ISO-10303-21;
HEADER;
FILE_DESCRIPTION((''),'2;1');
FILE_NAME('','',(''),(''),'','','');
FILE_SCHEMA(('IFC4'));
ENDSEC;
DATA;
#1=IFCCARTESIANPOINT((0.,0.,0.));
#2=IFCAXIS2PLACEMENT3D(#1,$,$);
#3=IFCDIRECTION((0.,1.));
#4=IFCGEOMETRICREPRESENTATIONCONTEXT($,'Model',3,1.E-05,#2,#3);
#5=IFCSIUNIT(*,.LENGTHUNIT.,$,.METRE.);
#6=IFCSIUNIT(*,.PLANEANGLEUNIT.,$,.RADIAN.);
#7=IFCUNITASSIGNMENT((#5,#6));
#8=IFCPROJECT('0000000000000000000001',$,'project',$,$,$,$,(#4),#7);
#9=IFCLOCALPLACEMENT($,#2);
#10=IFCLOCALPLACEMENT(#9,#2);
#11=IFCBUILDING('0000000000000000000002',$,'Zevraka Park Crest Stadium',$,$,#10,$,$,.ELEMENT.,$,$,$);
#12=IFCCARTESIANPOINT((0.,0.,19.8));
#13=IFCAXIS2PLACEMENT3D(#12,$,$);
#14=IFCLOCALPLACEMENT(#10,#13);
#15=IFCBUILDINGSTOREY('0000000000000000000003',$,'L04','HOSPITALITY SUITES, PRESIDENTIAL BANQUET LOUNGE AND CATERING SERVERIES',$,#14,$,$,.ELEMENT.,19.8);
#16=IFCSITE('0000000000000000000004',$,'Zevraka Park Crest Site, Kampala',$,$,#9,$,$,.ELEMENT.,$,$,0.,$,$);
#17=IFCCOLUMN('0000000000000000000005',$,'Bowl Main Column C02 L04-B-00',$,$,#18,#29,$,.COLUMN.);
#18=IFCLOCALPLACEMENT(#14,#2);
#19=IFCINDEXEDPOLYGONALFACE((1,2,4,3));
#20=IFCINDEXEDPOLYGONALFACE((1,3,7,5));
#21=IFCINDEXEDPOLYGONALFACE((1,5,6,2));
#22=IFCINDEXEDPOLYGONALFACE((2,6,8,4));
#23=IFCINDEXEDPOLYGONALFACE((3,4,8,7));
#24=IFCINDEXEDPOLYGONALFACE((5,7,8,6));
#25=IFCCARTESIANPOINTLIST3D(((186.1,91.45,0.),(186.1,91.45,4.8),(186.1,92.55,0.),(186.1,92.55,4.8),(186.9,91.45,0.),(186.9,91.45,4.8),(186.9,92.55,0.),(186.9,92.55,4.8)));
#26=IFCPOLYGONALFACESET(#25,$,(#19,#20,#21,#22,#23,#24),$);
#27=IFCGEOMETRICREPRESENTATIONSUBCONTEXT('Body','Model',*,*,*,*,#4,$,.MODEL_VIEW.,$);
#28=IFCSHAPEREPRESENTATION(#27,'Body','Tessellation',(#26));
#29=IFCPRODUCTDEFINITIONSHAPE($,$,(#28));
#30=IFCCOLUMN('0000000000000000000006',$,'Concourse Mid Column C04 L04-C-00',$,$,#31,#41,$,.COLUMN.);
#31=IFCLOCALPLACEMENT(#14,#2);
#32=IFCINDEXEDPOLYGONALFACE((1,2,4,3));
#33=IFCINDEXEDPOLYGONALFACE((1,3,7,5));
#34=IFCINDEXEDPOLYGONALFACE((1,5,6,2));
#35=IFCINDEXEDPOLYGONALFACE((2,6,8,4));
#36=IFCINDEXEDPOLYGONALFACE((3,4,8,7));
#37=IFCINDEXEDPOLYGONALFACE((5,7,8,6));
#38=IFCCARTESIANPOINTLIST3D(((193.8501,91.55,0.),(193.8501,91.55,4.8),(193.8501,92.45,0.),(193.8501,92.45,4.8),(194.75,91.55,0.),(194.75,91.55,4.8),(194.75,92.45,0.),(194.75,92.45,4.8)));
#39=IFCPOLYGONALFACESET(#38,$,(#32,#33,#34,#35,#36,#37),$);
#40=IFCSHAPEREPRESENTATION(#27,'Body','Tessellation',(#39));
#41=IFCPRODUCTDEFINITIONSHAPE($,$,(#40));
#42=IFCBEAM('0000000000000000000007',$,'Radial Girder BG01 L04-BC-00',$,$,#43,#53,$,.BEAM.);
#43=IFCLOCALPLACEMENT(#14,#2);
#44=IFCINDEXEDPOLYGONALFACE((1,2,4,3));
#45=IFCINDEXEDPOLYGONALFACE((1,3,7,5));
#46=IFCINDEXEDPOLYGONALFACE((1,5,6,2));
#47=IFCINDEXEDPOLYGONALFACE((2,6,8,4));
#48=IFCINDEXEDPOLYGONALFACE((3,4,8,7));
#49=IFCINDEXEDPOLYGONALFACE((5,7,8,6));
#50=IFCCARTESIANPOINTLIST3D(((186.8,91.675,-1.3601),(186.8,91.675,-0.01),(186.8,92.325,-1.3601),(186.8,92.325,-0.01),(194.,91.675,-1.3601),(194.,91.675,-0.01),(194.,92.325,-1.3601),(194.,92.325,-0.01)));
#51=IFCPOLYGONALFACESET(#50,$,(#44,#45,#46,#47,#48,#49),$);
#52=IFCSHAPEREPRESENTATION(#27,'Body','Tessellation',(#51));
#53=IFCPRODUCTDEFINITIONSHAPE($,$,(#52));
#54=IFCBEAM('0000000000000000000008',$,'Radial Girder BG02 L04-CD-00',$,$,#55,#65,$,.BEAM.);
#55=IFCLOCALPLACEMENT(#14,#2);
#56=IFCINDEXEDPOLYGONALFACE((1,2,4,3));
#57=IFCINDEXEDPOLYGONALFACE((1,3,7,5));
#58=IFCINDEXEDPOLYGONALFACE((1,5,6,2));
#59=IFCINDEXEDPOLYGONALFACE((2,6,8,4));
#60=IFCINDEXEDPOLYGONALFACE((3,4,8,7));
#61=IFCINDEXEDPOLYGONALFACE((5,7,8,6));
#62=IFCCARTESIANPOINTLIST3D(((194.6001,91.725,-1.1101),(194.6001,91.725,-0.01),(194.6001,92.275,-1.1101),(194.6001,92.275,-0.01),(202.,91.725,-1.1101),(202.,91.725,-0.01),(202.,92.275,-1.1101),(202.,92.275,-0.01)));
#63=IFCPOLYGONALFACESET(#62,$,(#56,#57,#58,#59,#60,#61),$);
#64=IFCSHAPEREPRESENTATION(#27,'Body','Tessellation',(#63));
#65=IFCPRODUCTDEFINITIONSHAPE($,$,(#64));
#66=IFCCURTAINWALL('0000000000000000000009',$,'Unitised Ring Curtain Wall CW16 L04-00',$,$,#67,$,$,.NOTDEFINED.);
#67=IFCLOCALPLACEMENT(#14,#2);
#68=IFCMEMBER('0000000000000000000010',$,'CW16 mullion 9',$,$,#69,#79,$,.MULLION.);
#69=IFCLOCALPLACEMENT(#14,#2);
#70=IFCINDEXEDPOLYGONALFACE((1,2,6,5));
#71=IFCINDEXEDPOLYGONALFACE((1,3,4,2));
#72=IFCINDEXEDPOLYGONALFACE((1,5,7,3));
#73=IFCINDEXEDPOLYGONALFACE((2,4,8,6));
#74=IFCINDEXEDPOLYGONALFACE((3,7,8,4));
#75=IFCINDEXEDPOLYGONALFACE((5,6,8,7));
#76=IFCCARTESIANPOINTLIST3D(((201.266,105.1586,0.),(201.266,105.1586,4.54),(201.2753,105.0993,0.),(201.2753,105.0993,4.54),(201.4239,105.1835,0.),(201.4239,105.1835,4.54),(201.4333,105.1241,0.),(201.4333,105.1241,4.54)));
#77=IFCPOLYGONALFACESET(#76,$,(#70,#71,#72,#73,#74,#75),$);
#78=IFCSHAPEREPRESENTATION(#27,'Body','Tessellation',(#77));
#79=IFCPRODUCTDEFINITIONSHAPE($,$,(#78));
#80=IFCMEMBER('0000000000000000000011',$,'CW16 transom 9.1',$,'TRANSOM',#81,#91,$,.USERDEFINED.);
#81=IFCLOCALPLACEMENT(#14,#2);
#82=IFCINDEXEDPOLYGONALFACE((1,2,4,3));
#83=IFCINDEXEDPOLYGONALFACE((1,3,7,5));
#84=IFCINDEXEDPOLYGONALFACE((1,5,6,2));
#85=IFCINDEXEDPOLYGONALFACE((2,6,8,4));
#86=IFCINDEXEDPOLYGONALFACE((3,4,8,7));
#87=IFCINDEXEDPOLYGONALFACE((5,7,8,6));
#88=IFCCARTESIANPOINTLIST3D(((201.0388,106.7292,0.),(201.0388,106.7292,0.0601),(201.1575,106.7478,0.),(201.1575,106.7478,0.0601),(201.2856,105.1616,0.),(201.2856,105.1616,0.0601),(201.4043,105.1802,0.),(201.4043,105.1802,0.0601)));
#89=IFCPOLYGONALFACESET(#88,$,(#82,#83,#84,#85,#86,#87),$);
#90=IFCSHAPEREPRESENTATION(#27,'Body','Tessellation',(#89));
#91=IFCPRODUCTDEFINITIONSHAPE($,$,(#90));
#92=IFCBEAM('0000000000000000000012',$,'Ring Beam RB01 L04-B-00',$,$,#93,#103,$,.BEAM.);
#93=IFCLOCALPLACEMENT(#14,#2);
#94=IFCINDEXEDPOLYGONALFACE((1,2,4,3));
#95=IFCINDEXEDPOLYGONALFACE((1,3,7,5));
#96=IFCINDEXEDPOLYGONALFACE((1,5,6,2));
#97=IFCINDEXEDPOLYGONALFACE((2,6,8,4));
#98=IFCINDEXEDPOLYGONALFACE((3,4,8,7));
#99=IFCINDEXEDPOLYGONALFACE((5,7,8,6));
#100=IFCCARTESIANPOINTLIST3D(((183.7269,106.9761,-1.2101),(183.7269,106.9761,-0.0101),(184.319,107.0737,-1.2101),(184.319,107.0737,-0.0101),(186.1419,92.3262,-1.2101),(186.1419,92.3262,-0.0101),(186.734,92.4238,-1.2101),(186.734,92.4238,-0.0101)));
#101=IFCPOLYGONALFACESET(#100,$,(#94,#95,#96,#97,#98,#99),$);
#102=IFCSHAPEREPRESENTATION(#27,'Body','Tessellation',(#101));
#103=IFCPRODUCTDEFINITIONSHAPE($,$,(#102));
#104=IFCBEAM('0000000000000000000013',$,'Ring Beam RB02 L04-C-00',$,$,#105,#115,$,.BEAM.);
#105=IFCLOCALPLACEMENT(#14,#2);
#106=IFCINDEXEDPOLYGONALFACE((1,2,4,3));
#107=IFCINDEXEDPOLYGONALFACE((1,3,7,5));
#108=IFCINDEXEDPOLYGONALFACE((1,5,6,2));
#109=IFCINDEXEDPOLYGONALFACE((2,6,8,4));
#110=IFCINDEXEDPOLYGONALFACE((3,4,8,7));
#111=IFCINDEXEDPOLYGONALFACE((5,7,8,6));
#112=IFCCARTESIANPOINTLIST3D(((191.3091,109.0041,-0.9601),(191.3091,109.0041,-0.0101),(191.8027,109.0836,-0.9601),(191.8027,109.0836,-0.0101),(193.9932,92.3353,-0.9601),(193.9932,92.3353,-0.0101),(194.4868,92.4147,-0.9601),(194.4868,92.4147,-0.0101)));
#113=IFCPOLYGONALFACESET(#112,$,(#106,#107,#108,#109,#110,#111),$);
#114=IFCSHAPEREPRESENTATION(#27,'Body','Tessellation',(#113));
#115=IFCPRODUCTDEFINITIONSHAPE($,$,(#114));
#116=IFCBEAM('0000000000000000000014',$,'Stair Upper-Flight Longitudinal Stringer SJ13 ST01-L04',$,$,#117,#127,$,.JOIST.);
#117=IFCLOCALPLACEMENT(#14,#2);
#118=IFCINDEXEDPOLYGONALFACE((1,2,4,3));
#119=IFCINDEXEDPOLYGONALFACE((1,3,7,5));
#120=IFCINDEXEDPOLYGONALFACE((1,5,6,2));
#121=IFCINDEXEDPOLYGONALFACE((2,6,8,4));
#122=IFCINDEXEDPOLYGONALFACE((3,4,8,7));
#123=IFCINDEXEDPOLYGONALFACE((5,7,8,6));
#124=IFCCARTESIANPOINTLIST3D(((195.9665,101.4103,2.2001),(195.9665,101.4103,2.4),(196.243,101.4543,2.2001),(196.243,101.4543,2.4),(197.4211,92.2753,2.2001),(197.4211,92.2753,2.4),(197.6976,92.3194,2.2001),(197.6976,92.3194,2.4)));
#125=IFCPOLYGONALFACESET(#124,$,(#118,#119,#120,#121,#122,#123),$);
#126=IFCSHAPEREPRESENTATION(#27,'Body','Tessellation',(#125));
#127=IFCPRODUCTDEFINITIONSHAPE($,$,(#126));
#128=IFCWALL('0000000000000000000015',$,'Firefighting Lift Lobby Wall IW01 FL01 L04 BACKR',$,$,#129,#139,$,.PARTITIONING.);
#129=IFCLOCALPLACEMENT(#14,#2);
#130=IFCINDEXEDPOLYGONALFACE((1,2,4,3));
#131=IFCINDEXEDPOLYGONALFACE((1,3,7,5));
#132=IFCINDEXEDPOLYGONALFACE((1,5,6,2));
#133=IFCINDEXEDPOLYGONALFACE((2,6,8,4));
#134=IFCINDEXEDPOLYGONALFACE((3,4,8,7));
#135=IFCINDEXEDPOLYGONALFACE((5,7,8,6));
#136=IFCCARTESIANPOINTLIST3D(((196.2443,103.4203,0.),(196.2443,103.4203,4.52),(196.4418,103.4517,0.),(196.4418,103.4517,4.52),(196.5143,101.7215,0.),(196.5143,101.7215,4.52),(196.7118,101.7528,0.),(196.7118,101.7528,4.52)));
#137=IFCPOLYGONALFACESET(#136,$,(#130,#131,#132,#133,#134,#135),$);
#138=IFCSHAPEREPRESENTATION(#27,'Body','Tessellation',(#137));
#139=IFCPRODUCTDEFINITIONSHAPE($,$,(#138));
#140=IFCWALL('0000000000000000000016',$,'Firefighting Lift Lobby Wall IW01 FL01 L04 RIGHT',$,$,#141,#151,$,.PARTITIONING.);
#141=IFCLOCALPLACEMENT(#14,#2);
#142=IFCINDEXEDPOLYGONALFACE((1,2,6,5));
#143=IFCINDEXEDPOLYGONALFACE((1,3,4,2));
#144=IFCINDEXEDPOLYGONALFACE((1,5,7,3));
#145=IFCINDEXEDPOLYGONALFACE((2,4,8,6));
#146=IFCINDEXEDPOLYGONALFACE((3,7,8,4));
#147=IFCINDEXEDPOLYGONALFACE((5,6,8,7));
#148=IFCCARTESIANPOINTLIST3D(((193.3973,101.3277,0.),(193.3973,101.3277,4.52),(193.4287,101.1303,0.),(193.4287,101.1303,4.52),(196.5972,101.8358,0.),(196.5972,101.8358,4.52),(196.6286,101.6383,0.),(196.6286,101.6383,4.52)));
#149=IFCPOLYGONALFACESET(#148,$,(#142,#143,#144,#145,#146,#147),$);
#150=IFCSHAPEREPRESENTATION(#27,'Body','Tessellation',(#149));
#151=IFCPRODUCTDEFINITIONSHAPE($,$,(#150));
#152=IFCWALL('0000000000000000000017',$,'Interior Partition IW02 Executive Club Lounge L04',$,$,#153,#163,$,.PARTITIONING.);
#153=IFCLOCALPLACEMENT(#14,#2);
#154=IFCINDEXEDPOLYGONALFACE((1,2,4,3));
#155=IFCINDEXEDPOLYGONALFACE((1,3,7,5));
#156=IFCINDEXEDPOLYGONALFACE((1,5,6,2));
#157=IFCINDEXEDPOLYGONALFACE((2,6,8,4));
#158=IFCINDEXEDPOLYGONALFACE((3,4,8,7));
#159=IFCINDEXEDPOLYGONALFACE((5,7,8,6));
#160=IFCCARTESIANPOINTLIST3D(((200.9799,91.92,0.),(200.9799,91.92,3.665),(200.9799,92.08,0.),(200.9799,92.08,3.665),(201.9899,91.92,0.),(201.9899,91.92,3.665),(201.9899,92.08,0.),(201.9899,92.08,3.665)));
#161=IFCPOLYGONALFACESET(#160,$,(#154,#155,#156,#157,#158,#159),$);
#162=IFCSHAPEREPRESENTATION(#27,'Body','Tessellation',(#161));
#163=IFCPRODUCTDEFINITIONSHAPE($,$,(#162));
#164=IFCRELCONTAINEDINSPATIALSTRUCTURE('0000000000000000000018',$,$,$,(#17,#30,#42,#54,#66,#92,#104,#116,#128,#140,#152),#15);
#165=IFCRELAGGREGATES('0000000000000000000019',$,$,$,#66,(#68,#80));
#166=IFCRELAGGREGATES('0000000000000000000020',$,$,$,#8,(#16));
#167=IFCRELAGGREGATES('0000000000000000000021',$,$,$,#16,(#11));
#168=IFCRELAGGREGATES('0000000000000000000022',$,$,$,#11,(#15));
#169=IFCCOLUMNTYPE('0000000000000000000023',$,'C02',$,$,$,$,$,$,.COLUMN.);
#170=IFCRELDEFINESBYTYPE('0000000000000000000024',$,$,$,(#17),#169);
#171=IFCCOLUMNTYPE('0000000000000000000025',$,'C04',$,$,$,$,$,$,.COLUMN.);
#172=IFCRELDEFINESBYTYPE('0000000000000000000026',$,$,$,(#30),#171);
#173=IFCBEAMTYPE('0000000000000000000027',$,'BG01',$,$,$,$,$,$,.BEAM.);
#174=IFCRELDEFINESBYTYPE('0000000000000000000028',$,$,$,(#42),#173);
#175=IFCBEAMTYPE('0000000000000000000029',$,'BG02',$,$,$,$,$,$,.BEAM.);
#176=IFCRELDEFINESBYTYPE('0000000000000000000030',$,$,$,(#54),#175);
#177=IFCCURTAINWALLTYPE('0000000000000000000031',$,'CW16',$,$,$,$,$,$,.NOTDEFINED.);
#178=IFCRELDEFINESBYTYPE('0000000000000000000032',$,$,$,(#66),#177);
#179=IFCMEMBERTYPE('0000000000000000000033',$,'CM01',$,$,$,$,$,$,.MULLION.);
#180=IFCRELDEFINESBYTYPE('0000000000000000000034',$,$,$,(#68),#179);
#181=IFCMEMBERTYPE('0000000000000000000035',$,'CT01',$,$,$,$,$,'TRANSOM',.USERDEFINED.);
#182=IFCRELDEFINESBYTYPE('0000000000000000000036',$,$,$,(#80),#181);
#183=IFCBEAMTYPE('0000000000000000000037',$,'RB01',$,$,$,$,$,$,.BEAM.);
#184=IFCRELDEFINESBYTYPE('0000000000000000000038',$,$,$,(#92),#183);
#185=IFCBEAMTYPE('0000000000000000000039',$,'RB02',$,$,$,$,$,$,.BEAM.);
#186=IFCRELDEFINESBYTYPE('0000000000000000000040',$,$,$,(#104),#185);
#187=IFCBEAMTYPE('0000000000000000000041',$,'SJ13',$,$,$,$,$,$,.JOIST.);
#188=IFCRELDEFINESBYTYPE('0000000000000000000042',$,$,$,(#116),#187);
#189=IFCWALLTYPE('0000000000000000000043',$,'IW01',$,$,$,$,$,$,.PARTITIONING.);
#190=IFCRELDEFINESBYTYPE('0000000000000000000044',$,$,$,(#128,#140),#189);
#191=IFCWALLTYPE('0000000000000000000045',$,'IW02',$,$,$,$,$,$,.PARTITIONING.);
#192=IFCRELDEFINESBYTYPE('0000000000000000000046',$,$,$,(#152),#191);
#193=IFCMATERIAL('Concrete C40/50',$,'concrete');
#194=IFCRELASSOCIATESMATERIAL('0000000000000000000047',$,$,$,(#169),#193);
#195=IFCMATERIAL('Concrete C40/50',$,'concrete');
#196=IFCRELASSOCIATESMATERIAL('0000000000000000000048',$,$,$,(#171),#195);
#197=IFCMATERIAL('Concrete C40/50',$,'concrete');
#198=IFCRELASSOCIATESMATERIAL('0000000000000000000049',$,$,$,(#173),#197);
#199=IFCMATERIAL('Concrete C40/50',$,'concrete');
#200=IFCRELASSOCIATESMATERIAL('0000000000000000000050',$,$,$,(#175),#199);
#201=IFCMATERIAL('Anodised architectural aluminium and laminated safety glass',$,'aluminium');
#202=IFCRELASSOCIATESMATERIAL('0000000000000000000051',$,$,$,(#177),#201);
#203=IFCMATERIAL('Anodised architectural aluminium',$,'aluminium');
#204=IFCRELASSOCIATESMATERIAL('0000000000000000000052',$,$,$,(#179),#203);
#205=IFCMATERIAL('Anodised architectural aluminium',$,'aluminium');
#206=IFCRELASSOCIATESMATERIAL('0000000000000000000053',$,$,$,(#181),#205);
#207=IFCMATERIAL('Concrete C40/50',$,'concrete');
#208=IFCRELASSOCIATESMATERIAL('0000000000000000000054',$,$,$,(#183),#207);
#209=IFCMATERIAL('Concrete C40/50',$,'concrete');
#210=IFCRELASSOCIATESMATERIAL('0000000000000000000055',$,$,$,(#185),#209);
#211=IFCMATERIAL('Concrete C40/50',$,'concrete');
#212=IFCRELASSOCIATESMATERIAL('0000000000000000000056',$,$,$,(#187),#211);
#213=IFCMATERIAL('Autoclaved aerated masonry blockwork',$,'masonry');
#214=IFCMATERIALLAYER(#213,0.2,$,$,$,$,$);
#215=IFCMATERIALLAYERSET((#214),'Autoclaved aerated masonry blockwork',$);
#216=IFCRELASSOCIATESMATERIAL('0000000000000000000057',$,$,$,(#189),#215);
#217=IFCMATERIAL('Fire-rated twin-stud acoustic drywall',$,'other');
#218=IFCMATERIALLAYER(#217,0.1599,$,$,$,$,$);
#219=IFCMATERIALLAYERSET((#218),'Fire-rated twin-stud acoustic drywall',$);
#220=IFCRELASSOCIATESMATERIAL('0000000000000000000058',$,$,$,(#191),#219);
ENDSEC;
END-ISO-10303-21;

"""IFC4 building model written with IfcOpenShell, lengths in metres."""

from ifc_helpers import new_model, si_unit, direction, frame, frame_2d, origin, origin_2d, place, context, subcontext, project, spatial, rectangle, extrude, material, layer, layer_set, material_profile, profile_set, type_object, element, aggregate, save


model = new_model("IFC4")

# Units and contexts
model_context = context("Model", 3, precision=1e-05, world=origin(), true_north=direction((0.0, 1.0)))
body_context = subcontext(model_context, "Body", "Model", "MODEL_VIEW")
ifc_project = project(units=[si_unit("LENGTHUNIT", "METRE"), si_unit("PLANEANGLEUNIT", "RADIAN")], contexts=[model_context])

# Site, building, storey
site_placement = place(None, origin())
site = spatial("IfcSite", under=ifc_project, at=site_placement, Name="Zevraka Park Crest Site, Kampala", CompositionType="ELEMENT", RefElevation=0.0)
building_placement = place(site_placement, origin())
building = spatial("IfcBuilding", under=site, at=building_placement, Name="Zevraka Park Crest Stadium", CompositionType="ELEMENT")
storey_placement = place(building_placement, frame((0.0, 0.0, 19.8)))
storey = spatial("IfcBuildingStorey", under=building, at=storey_placement, Name="L04", Description="HOSPITALITY SUITES, PRESIDENTIAL BANQUET LOUNGE AND CATERING SERVERIES", CompositionType="ELEMENT", Elevation=19.8)

# Columns
ifc_material_1 = material(Name="Concrete C40/50", Category="concrete")
ifc_material_profile_1 = material_profile(ifc_material_1, rectangle(XDim=0.8, YDim=1.1001, at=origin_2d()), Name="RC 1100x800")
ifc_profile_set_1 = profile_set([ifc_material_profile_1], Name="Concrete C40/50")
column_type_1 = type_object("IfcColumnType", Name="C02", PredefinedType="COLUMN", material=ifc_profile_set_1)
column_1_placement = place(storey_placement, frame((186.5, 92.0, 0.0), z_axis=(0.0, 0.0, 1.0), x_axis=(1.0, 0.0, 0.0)))
element("IfcColumn", 1, at=column_1_placement, inside=storey, type_object=column_type_1, Name="Bowl Main Column C02 L04-B-00", PredefinedType="COLUMN", context=body_context, shape_type="SweptSolid", body=[
    extrude(rectangle(XDim=0.8, YDim=1.1001, at=origin_2d()), origin(), (0.0, 0.0, 1.0), 4.8),
])
ifc_material_2 = material(Name="Concrete C40/50", Category="concrete")
ifc_material_profile_2 = material_profile(ifc_material_2, rectangle(XDim=0.8999, YDim=0.8999, at=origin_2d()), Name="RC 900x900")
ifc_profile_set_2 = profile_set([ifc_material_profile_2], Name="Concrete C40/50")
column_type_2 = type_object("IfcColumnType", Name="C04", PredefinedType="COLUMN", material=ifc_profile_set_2)
column_2_placement = place(storey_placement, frame((194.3, 92.0, 0.0), z_axis=(0.0, 0.0, 1.0), x_axis=(1.0, 0.0, 0.0)))
element("IfcColumn", 2, at=column_2_placement, inside=storey, type_object=column_type_2, Name="Concourse Mid Column C04 L04-C-00", PredefinedType="COLUMN", context=body_context, shape_type="SweptSolid", body=[
    extrude(rectangle(XDim=0.8999, YDim=0.8999, at=origin_2d()), origin(), (0.0, 0.0, 1.0), 4.8),
])

# Beams
ifc_material_3 = material(Name="Concrete C40/50", Category="concrete")
ifc_material_profile_3 = material_profile(ifc_material_3, rectangle(XDim=0.6499, YDim=1.3501, at=origin_2d()), Name="RC 1350x650")
ifc_profile_set_3 = profile_set([ifc_material_profile_3], Name="Concrete C40/50")
beam_type_1 = type_object("IfcBeamType", Name="BG01", PredefinedType="BEAM", material=ifc_profile_set_3)
beam_1_placement = place(storey_placement, frame((186.8, 92.0, -0.6851), z_axis=(1.0, 0.0, 0.0), x_axis=(0.0, 1.0, 0.0)))
element("IfcBeam", 3, at=beam_1_placement, inside=storey, type_object=beam_type_1, Name="Radial Girder BG01 L04-BC-00", PredefinedType="BEAM", context=body_context, shape_type="SweptSolid", body=[
    extrude(rectangle(XDim=0.6499, YDim=1.3501, at=origin_2d()), origin(), (0.0, 0.0, 1.0), 7.2),
])
ifc_material_4 = material(Name="Concrete C40/50", Category="concrete")
ifc_material_profile_4 = material_profile(ifc_material_4, rectangle(XDim=0.55, YDim=1.1001, at=origin_2d()), Name="RC 1100x550")
ifc_profile_set_4 = profile_set([ifc_material_profile_4], Name="Concrete C40/50")
beam_type_2 = type_object("IfcBeamType", Name="BG02", PredefinedType="BEAM", material=ifc_profile_set_4)
beam_2_placement = place(storey_placement, frame((194.6001, 92.0, -0.5601), z_axis=(1.0, 0.0, 0.0), x_axis=(0.0, 1.0, 0.0)))
element("IfcBeam", 4, at=beam_2_placement, inside=storey, type_object=beam_type_2, Name="Radial Girder BG02 L04-CD-00", PredefinedType="BEAM", context=body_context, shape_type="SweptSolid", body=[
    extrude(rectangle(XDim=0.55, YDim=1.1001, at=origin_2d()), origin(), (0.0, 0.0, 1.0), 7.3999),
])

# Curtain wall, members
ifc_material_5 = material(Name="Anodised architectural aluminium and laminated safety glass", Category="aluminium")
curtain_wall_type = type_object("IfcCurtainWallType", Name="CW16", PredefinedType="NOTDEFINED", material=ifc_material_5)
curtain_wall_placement = place(storey_placement, origin())
curtain_wall = element("IfcCurtainWall", 5, at=curtain_wall_placement, inside=storey, type_object=curtain_wall_type, Name="Unitised Ring Curtain Wall CW16 L04-00", PredefinedType="NOTDEFINED")
ifc_material_6 = material(Name="Anodised architectural aluminium", Category="aluminium")
ifc_material_profile_5 = material_profile(ifc_material_6, rectangle(XDim=0.1599, YDim=0.0601, at=origin_2d()), Name="ALU MULLION 160x60")
ifc_profile_set_5 = profile_set([ifc_material_profile_5], Name="Anodised architectural aluminium")
member_type_1 = type_object("IfcMemberType", Name="CM01", PredefinedType="MULLION", material=ifc_profile_set_5)
member_1_placement = place(storey_placement, frame((201.3496, 105.1414, 0.0), z_axis=(0.0, 0.0, 1.0), x_axis=(-0.98783, -0.155539, 0.0)))
member_1 = element("IfcMember", 6, at=member_1_placement, type_object=member_type_1, Name="CW16 mullion 9", PredefinedType="MULLION", context=body_context, shape_type="SweptSolid", body=[
    extrude(rectangle(XDim=0.1599, YDim=0.0601, at=origin_2d()), origin(), (0.0, 0.0, 1.0), 4.54),
])
ifc_material_7 = material(Name="Anodised architectural aluminium", Category="aluminium")
ifc_material_profile_6 = material_profile(ifc_material_7, rectangle(XDim=0.1201, YDim=0.0601, at=origin_2d()), Name="ALU TRANSOM 120x60")
ifc_profile_set_6 = profile_set([ifc_material_profile_6], Name="Anodised architectural aluminium")
member_type_2 = type_object("IfcMemberType", Name="CT01", ElementType="TRANSOM", PredefinedType="USERDEFINED", material=ifc_profile_set_6)
member_2_placement = place(storey_placement, frame((201.345, 105.1709, 0.03), z_axis=(-0.155536, 0.98783, 0.0), x_axis=(-0.98783, -0.155536, 0.0)))
member_2 = element("IfcMember", 7, at=member_2_placement, type_object=member_type_2, Name="CW16 transom 9.1", ObjectType="TRANSOM", PredefinedType="USERDEFINED", context=body_context, shape_type="SweptSolid", body=[
    extrude(rectangle(XDim=0.1201, YDim=0.0601, at=origin_2d()), origin(), (0.0, 0.0, 1.0), 1.5869),
])
aggregate(curtain_wall, [member_1, member_2])

# Beams
ifc_material_8 = material(Name="Concrete C40/50", Category="concrete")
ifc_material_profile_7 = material_profile(ifc_material_8, rectangle(XDim=0.6001, YDim=1.2, at=origin_2d()), Name="RC 1200x600")
ifc_profile_set_7 = profile_set([ifc_material_profile_7], Name="Concrete C40/50")
beam_type_3 = type_object("IfcBeamType", Name="RB01", PredefinedType="BEAM", material=ifc_profile_set_7)
beam_3_placement = place(storey_placement, frame((186.438, 92.375, -0.6101), z_axis=(-0.162655, 0.986683, 0.0), x_axis=(-0.986683, -0.162655, 0.0)))
element("IfcBeam", 8, at=beam_3_placement, inside=storey, type_object=beam_type_3, Name="Ring Beam RB01 L04-B-00", PredefinedType="BEAM", context=body_context, shape_type="SweptSolid", body=[
    extrude(rectangle(XDim=0.6001, YDim=1.2, at=origin_2d()), origin(), (0.0, 0.0, 1.0), 14.8477),
])
ifc_material_9 = material(Name="Concrete C40/50", Category="concrete")
ifc_material_profile_8 = material_profile(ifc_material_9, rectangle(XDim=0.5, YDim=0.95, at=origin_2d()), Name="RC 950x500")
ifc_profile_set_8 = profile_set([ifc_material_profile_8], Name="Concrete C40/50")
beam_type_4 = type_object("IfcBeamType", Name="RB02", PredefinedType="BEAM", material=ifc_profile_set_8)
beam_4_placement = place(storey_placement, frame((194.24, 92.375, -0.4851), z_axis=(-0.158975, 0.987283, 0.0), x_axis=(-0.987283, -0.158975, 0.0)))
element("IfcBeam", 9, at=beam_4_placement, inside=storey, type_object=beam_type_4, Name="Ring Beam RB02 L04-C-00", PredefinedType="BEAM", context=body_context, shape_type="SweptSolid", body=[
    extrude(rectangle(XDim=0.5, YDim=0.95, at=origin_2d()), origin(), (0.0, 0.0, 1.0), 16.8835),
])
ifc_material_10 = material(Name="Concrete C40/50", Category="concrete")
ifc_material_profile_9 = material_profile(ifc_material_10, rectangle(XDim=0.28, YDim=0.2, at=origin_2d()), Name="RC 200x280")
ifc_profile_set_9 = profile_set([ifc_material_profile_9], Name="Concrete C40/50")
beam_type_5 = type_object("IfcBeamType", Name="SJ13", PredefinedType="JOIST", material=ifc_profile_set_9)
beam_5_placement = place(storey_placement, frame((197.5593, 92.2974, 2.3), z_axis=(-0.157251, 0.987559, 0.0), x_axis=(-0.987559, -0.157251, 0.0)))
element("IfcBeam", 10, at=beam_5_placement, inside=storey, type_object=beam_type_5, Name="Stair Upper-Flight Longitudinal Stringer SJ13 ST01-L04", PredefinedType="JOIST", context=body_context, shape_type="SweptSolid", body=[
    extrude(rectangle(XDim=0.28, YDim=0.2, at=origin_2d()), origin(), (0.0, 0.0, 1.0), 9.25),
])

# Walls
ifc_material_11 = material(Name="Autoclaved aerated masonry blockwork", Category="masonry")
ifc_layer_1 = layer(ifc_material_11, 0.2)
ifc_layer_set_1 = layer_set([ifc_layer_1], Name="Autoclaved aerated masonry blockwork")
wall_type_1 = type_object("IfcWallType", Name="IW01", PredefinedType="PARTITIONING", material=ifc_layer_set_1)
wall_1_placement = place(storey_placement, frame((196.343, 103.436, 0.0), z_axis=(0.0, 0.0, 1.0), x_axis=(0.156961, -0.987605, 0.0)))
element("IfcWall", 11, at=wall_1_placement, inside=storey, type_object=wall_type_1, Name="Firefighting Lift Lobby Wall IW01 FL01 L04 BACKR", PredefinedType="PARTITIONING", context=body_context, shape_type="SweptSolid", body=[
    extrude(rectangle(XDim=1.7202, YDim=0.2, at=frame_2d((0.8601, 0.0))), origin(), (0.0, 0.0, 1.0), 4.52),
])
wall_2_placement = place(storey_placement, frame((196.613, 101.7371, 0.0), z_axis=(0.0, 0.0, 1.0), x_axis=(-0.987629, -0.156806, 0.0)))
element("IfcWall", 12, at=wall_2_placement, inside=storey, type_object=wall_type_1, Name="Firefighting Lift Lobby Wall IW01 FL01 L04 RIGHT", PredefinedType="PARTITIONING", context=body_context, shape_type="SweptSolid", body=[
    extrude(rectangle(XDim=3.24, YDim=0.2, at=frame_2d((1.6201, 0.0))), origin(), (0.0, 0.0, 1.0), 4.52),
])
ifc_material_12 = material(Name="Fire-rated twin-stud acoustic drywall", Category="other")
ifc_layer_2 = layer(ifc_material_12, 0.1599)
ifc_layer_set_2 = layer_set([ifc_layer_2], Name="Fire-rated twin-stud acoustic drywall")
wall_type_2 = type_object("IfcWallType", Name="IW02", PredefinedType="PARTITIONING", material=ifc_layer_set_2)
wall_3_placement = place(storey_placement, frame((200.98, 92.0, 0.0), z_axis=(0.0, 0.0, 1.0), x_axis=(1.0, 0.0, 0.0)))
element("IfcWall", 13, at=wall_3_placement, inside=storey, type_object=wall_type_2, Name="Interior Partition IW02 Executive Club Lounge L04", PredefinedType="PARTITIONING", context=body_context, shape_type="SweptSolid", body=[
    extrude(rectangle(XDim=1.01, YDim=0.1599, at=frame_2d((0.5049, 0.0))), origin(), (0.0, 0.0, 1.0), 3.665),
])

save(model, "model.ifc")
